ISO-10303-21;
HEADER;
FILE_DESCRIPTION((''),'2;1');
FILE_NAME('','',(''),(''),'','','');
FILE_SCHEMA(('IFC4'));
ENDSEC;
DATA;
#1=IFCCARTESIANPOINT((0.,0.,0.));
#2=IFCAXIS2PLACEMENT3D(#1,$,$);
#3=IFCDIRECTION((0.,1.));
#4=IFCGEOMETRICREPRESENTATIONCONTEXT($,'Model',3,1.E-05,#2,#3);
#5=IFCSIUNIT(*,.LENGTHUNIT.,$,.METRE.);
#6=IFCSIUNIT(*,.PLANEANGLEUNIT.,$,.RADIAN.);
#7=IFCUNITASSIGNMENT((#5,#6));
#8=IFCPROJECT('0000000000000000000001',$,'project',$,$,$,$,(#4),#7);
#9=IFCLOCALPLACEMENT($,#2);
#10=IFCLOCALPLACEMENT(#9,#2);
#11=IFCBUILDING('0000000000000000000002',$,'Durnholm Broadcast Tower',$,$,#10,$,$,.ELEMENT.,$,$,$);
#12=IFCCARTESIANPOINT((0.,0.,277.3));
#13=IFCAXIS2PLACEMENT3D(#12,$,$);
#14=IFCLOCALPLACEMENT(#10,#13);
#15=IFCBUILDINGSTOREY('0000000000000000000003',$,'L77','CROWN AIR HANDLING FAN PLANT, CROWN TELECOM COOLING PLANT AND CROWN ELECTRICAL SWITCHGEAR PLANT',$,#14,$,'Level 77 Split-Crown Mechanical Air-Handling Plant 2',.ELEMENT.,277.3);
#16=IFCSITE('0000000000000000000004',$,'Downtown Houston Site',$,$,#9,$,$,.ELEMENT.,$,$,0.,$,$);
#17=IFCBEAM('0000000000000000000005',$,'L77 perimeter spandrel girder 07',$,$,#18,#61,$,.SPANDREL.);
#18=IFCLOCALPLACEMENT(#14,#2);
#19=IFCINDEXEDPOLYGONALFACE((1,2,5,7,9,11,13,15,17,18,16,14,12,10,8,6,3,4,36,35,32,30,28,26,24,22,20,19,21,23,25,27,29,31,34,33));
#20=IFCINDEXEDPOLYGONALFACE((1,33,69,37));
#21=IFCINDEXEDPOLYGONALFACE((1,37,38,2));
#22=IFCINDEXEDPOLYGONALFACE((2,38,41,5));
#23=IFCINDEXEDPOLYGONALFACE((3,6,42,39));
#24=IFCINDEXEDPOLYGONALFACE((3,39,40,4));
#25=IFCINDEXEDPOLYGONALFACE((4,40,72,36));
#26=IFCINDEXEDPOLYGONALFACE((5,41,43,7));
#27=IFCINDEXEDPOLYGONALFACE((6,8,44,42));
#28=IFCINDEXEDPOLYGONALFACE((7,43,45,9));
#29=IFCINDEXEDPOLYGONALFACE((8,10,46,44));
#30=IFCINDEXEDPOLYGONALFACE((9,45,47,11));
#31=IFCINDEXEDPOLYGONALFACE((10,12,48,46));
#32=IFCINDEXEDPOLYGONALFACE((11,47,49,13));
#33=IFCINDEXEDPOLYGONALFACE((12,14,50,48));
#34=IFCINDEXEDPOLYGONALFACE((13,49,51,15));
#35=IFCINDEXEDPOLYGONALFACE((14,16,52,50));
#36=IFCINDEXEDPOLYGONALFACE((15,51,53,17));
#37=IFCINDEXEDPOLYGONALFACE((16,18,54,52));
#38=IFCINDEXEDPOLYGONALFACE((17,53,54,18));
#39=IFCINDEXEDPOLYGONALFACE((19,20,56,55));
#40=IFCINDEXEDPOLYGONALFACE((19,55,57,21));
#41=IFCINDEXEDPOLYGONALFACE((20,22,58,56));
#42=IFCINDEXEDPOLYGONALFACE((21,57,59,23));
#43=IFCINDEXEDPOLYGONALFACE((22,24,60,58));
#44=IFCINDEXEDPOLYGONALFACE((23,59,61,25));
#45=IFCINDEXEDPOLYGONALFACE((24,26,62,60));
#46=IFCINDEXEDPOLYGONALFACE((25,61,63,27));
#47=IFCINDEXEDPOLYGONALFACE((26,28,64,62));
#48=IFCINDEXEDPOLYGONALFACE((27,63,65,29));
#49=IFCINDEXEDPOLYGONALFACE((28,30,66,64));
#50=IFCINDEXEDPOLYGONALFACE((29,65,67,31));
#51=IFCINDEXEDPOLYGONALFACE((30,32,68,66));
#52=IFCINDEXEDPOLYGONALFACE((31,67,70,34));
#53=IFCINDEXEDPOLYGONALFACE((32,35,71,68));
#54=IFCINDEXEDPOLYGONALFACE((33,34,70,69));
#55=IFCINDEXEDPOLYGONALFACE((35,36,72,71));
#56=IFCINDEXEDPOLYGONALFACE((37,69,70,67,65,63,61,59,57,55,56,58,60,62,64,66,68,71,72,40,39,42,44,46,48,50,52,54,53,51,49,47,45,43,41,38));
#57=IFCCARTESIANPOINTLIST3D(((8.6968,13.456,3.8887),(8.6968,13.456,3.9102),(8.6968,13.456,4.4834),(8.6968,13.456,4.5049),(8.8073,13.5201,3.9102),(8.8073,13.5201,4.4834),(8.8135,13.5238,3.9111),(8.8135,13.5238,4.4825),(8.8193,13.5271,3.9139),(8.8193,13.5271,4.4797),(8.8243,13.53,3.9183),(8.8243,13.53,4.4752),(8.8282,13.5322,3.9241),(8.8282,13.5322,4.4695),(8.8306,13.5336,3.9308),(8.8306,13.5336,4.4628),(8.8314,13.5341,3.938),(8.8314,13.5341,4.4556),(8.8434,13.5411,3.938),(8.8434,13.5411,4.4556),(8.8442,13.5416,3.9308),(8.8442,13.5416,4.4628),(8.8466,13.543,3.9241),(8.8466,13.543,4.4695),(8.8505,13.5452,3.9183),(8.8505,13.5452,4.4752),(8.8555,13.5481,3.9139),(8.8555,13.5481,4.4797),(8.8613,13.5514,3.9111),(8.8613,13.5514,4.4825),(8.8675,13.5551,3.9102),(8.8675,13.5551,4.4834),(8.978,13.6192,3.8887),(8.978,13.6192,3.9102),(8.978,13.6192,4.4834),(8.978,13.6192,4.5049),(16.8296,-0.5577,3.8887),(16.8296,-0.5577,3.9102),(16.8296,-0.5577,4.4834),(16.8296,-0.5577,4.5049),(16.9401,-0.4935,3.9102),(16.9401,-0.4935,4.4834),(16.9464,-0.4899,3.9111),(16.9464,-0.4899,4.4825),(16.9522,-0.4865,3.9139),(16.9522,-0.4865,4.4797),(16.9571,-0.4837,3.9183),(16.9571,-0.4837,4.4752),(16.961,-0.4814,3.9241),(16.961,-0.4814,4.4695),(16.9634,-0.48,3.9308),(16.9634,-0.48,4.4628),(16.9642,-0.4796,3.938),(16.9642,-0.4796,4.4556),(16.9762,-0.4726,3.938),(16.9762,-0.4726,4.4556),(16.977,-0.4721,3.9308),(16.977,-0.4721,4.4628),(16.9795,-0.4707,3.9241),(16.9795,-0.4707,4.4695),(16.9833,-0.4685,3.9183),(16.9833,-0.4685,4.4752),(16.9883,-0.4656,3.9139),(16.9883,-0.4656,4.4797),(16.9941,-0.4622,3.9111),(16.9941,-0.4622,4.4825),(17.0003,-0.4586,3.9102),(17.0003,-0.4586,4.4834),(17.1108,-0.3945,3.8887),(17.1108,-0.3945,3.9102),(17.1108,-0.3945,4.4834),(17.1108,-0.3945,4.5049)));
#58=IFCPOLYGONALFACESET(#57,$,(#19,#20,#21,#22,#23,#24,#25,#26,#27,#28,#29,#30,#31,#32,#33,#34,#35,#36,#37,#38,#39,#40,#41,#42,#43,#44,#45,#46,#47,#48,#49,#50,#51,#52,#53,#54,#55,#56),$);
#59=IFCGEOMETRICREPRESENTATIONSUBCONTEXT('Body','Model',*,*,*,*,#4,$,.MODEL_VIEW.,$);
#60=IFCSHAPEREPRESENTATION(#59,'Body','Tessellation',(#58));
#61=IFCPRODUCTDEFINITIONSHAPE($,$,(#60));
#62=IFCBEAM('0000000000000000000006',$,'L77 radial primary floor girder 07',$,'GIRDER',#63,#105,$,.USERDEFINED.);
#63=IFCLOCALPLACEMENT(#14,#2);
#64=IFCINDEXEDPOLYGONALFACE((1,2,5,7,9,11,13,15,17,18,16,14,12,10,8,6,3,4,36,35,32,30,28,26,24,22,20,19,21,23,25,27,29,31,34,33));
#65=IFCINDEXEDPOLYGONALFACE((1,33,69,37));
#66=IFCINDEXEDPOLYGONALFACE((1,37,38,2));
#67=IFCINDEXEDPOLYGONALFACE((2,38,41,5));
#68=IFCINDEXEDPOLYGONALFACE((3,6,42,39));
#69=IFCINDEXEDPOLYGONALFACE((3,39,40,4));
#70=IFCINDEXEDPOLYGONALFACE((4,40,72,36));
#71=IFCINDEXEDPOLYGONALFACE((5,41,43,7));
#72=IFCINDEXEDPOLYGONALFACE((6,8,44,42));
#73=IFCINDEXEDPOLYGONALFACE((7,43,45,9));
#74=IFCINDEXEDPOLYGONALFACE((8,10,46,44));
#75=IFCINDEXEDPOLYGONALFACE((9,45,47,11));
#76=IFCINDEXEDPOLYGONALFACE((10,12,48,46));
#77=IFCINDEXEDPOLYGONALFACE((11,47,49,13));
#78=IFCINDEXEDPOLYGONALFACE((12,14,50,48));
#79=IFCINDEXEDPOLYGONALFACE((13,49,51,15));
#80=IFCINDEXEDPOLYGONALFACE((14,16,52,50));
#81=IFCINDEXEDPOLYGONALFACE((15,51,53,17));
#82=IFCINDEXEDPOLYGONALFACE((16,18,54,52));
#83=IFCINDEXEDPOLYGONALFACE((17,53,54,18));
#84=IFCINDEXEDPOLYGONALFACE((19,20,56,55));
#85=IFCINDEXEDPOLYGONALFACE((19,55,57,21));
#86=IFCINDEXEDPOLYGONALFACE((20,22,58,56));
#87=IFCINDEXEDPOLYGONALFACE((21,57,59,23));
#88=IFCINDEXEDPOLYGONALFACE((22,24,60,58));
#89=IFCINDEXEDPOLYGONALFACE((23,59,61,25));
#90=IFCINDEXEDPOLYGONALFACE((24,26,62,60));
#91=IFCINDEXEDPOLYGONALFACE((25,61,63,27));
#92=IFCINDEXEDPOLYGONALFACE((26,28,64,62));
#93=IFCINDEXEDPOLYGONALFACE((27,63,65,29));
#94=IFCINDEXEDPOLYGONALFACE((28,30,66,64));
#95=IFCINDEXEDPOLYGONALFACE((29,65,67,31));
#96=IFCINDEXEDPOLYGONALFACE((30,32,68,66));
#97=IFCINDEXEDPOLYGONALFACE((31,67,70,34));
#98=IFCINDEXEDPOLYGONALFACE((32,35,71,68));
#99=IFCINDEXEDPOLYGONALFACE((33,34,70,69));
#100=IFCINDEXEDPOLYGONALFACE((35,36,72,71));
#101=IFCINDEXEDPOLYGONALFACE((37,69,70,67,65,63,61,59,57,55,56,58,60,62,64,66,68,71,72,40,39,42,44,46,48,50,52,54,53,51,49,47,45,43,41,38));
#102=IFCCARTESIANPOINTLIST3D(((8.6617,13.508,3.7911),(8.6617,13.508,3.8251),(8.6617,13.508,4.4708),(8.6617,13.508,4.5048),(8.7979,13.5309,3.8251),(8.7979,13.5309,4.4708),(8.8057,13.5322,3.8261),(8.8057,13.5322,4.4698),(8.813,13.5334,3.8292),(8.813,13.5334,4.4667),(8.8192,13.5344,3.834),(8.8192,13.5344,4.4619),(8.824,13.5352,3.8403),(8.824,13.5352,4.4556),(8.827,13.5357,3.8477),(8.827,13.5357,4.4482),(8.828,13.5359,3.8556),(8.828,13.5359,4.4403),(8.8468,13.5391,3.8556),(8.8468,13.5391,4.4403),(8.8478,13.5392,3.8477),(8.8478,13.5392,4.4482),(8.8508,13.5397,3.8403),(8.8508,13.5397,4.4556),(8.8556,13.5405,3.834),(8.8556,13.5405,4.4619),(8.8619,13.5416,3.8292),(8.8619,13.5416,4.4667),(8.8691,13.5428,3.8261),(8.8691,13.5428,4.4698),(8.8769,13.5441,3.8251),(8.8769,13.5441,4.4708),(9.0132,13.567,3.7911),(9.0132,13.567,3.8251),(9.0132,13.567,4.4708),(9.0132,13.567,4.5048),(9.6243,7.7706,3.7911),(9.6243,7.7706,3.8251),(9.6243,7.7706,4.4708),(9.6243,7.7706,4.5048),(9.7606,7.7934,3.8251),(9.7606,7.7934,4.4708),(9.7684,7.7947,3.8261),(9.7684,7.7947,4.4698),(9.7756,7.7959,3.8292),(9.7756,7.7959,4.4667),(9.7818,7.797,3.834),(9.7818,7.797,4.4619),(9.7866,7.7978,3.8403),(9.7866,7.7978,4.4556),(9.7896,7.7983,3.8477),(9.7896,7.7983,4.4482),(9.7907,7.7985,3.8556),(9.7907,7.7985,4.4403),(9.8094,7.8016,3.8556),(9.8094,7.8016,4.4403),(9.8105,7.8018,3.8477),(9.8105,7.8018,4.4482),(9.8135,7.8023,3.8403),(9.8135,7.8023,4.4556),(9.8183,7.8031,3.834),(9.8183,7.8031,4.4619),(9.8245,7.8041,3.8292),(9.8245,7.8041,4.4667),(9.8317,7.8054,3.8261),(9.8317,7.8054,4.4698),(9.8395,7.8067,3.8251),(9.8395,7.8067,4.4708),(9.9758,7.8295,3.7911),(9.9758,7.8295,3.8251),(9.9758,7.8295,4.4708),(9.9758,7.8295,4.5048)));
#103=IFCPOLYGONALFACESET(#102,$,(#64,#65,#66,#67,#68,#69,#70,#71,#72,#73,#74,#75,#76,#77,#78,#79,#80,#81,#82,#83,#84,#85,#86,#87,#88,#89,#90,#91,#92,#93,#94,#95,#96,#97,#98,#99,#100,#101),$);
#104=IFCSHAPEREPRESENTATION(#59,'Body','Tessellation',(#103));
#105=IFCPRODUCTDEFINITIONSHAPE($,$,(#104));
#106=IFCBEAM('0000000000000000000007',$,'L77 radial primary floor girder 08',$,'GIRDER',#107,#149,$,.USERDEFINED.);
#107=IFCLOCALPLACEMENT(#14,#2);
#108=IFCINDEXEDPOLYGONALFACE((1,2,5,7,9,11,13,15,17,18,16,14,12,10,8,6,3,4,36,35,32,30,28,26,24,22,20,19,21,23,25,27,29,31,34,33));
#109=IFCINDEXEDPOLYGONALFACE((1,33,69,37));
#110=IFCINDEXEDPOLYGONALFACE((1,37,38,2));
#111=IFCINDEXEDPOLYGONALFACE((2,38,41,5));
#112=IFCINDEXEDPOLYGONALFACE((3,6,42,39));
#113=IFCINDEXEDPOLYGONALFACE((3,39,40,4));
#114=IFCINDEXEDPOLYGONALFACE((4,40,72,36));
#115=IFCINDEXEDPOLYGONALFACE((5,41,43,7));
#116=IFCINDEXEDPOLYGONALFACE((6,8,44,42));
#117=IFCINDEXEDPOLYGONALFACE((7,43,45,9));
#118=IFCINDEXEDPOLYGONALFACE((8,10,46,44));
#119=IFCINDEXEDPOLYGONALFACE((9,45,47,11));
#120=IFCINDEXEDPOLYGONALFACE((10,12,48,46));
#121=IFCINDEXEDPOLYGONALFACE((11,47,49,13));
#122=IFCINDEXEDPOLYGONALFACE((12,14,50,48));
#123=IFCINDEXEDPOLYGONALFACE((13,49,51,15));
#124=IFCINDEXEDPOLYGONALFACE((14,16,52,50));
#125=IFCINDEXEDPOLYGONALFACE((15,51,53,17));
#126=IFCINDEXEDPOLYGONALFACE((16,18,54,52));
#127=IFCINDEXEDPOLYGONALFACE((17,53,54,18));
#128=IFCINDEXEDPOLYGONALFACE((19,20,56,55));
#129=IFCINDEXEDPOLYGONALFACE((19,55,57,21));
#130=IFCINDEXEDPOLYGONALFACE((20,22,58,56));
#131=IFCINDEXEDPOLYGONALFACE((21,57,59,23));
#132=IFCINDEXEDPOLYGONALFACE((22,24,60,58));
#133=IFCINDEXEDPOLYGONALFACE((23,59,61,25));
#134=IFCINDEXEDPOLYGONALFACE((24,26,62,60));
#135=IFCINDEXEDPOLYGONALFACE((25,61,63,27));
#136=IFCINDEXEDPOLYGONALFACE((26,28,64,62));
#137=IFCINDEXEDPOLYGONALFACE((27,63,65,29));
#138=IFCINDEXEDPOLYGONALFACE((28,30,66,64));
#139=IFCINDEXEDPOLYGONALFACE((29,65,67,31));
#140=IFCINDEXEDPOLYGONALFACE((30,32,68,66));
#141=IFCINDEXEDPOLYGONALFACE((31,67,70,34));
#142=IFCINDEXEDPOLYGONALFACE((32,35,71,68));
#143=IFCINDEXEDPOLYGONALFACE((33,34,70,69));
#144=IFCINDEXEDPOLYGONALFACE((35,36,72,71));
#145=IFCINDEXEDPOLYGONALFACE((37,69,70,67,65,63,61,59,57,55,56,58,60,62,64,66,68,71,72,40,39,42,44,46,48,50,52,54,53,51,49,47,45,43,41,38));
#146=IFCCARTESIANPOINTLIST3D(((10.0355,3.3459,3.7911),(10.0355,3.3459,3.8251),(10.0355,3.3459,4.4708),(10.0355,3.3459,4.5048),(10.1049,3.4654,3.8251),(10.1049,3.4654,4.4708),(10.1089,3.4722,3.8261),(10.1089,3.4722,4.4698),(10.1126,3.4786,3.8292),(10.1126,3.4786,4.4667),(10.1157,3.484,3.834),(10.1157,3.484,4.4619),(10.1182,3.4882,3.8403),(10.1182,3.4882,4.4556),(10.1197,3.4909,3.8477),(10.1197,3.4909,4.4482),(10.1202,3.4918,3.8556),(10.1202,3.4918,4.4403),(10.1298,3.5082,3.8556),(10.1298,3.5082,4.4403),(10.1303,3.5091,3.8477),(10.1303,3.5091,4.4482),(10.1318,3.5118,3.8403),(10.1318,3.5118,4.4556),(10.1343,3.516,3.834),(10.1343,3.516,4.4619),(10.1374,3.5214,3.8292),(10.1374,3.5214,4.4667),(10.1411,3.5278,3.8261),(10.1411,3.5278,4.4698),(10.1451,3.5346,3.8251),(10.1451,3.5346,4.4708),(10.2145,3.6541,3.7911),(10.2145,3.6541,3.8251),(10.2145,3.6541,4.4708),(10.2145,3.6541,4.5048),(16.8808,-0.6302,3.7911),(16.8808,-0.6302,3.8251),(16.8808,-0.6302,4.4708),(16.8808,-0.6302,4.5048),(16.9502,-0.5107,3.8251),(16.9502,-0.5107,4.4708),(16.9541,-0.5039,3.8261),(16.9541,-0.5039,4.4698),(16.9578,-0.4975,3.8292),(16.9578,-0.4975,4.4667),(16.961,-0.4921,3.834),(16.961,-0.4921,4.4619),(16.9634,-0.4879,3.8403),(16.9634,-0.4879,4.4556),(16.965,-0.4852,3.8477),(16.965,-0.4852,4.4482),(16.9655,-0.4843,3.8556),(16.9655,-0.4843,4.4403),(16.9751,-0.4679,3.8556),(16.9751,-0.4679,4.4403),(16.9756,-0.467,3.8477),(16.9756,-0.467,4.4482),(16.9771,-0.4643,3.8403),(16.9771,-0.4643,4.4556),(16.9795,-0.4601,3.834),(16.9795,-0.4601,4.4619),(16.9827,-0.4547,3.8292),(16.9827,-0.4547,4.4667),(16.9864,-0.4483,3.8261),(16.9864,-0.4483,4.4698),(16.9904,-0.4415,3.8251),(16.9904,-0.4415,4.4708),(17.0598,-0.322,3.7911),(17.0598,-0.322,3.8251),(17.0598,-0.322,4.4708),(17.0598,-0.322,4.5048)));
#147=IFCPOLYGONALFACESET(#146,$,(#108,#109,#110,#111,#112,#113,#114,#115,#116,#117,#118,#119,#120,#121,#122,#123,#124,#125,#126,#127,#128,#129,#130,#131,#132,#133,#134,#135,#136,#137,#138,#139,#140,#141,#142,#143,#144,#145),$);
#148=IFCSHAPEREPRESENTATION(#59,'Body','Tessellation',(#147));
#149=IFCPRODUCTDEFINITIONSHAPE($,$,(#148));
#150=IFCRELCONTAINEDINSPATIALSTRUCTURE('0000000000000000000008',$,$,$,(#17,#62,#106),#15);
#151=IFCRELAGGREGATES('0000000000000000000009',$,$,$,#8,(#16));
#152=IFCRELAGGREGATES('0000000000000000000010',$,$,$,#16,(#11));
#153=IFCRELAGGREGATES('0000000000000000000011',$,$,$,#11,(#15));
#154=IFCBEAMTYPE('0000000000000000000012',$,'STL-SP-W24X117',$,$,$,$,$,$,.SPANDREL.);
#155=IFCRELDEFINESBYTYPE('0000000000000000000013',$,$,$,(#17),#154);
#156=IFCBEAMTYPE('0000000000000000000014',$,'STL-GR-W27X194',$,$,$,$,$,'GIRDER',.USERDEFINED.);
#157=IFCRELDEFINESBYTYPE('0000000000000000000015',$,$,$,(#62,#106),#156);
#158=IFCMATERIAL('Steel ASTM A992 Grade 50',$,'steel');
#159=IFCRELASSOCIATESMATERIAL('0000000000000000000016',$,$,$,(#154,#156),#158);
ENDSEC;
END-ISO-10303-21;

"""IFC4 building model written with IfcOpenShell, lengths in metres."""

from ifc_helpers import new_model, si_unit, direction, frame, origin, origin_2d, place, context, subcontext, project, spatial, i_section, extrude, source, transform, mapped, material, material_profile, profile_set, type_object, element, save


model = new_model("IFC4")

# Units and contexts
model_context = context("Model", 3, precision=1e-05, world=origin(), true_north=direction((0.0, 1.0)))
body_context = subcontext(model_context, "Body", "Model", "MODEL_VIEW")
ifc_project = project(units=[si_unit("LENGTHUNIT", "METRE"), si_unit("PLANEANGLEUNIT", "RADIAN")], contexts=[model_context])

# Site, building, storey
site_placement = place(None, origin())
site = spatial("IfcSite", under=ifc_project, at=site_placement, Name="Downtown Houston Site", CompositionType="ELEMENT", RefElevation=0.0)
building_placement = place(site_placement, origin())
building = spatial("IfcBuilding", under=site, at=building_placement, Name="Durnholm Broadcast Tower", CompositionType="ELEMENT")
storey_placement = place(building_placement, frame((0.0, 0.0, 277.3)))
storey = spatial("IfcBuildingStorey", under=building, at=storey_placement, Name="L77", Description="CROWN AIR HANDLING FAN PLANT, CROWN TELECOM COOLING PLANT AND CROWN ELECTRICAL SWITCHGEAR PLANT", LongName="Level 77 Split-Crown Mechanical Air-Handling Plant 2", CompositionType="ELEMENT", Elevation=277.3)

# Beams
ifc_material_1 = material(Name="Steel ASTM A992 Grade 50", Category="steel")
ifc_material_profile_1 = material_profile(ifc_material_1, i_section(OverallWidth=0.3252, OverallDepth=0.6162, WebThickness=0.0139, FlangeThickness=0.0215, FilletRadius=0.0278, at=origin_2d()), Name="W24X117")
ifc_profile_set_1 = profile_set([ifc_material_profile_1], Name="Steel ASTM A992 Grade 50")
beam_type_1 = type_object("IfcBeamType", Name="STL-SP-W24X117", PredefinedType="SPANDREL", material=ifc_profile_set_1)
shared_shape_1 = source(origin(), body_context, "Body", "SweptSolid", [
    extrude(i_section(OverallWidth=0.3252, OverallDepth=0.6162, WebThickness=0.0139, FlangeThickness=0.0215, FilletRadius=0.0278, at=origin_2d()), origin(), (0.0, 0.0, 1.0), 16.2026),
])
beam_1_placement = place(storey_placement, frame((8.8374, 13.5376, 4.1968), z_axis=(0.501944, -0.8649, 0.0), x_axis=(0.8649, 0.501944, 0.0)))
element("IfcBeam", 1, at=beam_1_placement, inside=storey, type_object=beam_type_1, Name="L77 perimeter spandrel girder 07", PredefinedType="SPANDREL", context=body_context, shape_type="MappedRepresentation", body=[
    mapped(shared_shape_1, transform((0.0, 0.0, 0.0), x_axis=(1.0, 0.0, 0.0), y_axis=(0.0, 1.0, 0.0), z_axis=(0.0, 0.0, 1.0), scale=1.0)),
])
ifc_material_profile_2 = material_profile(ifc_material_1, i_section(OverallWidth=0.3564, OverallDepth=0.7136, WebThickness=0.019, FlangeThickness=0.0339, FilletRadius=0.0305, at=origin_2d()), Name="W27X194")
ifc_profile_set_2 = profile_set([ifc_material_profile_2], Name="Steel ASTM A992 Grade 50")
beam_type_2 = type_object("IfcBeamType", Name="STL-GR-W27X194", ElementType="GIRDER", PredefinedType="USERDEFINED", material=ifc_profile_set_2)
shared_shape_2 = source(origin(), body_context, "Body", "SweptSolid", [
    extrude(i_section(OverallWidth=0.3564, OverallDepth=0.7136, WebThickness=0.019, FlangeThickness=0.0339, FilletRadius=0.0305, at=origin_2d()), origin(), (0.0, 0.0, 1.0), 5.8176),
])
beam_2_placement = place(storey_placement, frame((9.8, 7.8, 4.1479), z_axis=(-0.165467, 0.986215, 0.0), x_axis=(-0.986215, -0.165467, 0.0)))
element("IfcBeam", 2, at=beam_2_placement, inside=storey, type_object=beam_type_2, Name="L77 radial primary floor girder 07", ObjectType="GIRDER", PredefinedType="USERDEFINED", context=body_context, shape_type="MappedRepresentation", body=[
    mapped(shared_shape_2, transform((0.0, 0.0, 0.0), x_axis=(1.0, 0.0, 0.0), y_axis=(0.0, 1.0, 0.0), z_axis=(0.0, 0.0, 1.0), scale=1.0)),
])
shared_shape_3 = source(origin(), body_context, "Body", "SweptSolid", [
    extrude(i_section(OverallWidth=0.3564, OverallDepth=0.7136, WebThickness=0.019, FlangeThickness=0.0339, FilletRadius=0.0305, at=origin_2d()), origin(), (0.0, 0.0, 1.0), 7.9163),
])
beam_3_placement = place(storey_placement, frame((10.125, 3.5, 4.1479), z_axis=(0.86471, -0.502271, 0.0), x_axis=(0.502271, 0.86471, 0.0)))
element("IfcBeam", 3, at=beam_3_placement, inside=storey, type_object=beam_type_2, Name="L77 radial primary floor girder 08", ObjectType="GIRDER", PredefinedType="USERDEFINED", context=body_context, shape_type="MappedRepresentation", body=[
    mapped(shared_shape_3, transform((0.0, 0.0, 0.0), x_axis=(1.0, 0.0, 0.0), y_axis=(0.0, 1.0, 0.0), z_axis=(0.0, 0.0, 1.0), scale=1.0)),
])

save(model, "model.ifc")
